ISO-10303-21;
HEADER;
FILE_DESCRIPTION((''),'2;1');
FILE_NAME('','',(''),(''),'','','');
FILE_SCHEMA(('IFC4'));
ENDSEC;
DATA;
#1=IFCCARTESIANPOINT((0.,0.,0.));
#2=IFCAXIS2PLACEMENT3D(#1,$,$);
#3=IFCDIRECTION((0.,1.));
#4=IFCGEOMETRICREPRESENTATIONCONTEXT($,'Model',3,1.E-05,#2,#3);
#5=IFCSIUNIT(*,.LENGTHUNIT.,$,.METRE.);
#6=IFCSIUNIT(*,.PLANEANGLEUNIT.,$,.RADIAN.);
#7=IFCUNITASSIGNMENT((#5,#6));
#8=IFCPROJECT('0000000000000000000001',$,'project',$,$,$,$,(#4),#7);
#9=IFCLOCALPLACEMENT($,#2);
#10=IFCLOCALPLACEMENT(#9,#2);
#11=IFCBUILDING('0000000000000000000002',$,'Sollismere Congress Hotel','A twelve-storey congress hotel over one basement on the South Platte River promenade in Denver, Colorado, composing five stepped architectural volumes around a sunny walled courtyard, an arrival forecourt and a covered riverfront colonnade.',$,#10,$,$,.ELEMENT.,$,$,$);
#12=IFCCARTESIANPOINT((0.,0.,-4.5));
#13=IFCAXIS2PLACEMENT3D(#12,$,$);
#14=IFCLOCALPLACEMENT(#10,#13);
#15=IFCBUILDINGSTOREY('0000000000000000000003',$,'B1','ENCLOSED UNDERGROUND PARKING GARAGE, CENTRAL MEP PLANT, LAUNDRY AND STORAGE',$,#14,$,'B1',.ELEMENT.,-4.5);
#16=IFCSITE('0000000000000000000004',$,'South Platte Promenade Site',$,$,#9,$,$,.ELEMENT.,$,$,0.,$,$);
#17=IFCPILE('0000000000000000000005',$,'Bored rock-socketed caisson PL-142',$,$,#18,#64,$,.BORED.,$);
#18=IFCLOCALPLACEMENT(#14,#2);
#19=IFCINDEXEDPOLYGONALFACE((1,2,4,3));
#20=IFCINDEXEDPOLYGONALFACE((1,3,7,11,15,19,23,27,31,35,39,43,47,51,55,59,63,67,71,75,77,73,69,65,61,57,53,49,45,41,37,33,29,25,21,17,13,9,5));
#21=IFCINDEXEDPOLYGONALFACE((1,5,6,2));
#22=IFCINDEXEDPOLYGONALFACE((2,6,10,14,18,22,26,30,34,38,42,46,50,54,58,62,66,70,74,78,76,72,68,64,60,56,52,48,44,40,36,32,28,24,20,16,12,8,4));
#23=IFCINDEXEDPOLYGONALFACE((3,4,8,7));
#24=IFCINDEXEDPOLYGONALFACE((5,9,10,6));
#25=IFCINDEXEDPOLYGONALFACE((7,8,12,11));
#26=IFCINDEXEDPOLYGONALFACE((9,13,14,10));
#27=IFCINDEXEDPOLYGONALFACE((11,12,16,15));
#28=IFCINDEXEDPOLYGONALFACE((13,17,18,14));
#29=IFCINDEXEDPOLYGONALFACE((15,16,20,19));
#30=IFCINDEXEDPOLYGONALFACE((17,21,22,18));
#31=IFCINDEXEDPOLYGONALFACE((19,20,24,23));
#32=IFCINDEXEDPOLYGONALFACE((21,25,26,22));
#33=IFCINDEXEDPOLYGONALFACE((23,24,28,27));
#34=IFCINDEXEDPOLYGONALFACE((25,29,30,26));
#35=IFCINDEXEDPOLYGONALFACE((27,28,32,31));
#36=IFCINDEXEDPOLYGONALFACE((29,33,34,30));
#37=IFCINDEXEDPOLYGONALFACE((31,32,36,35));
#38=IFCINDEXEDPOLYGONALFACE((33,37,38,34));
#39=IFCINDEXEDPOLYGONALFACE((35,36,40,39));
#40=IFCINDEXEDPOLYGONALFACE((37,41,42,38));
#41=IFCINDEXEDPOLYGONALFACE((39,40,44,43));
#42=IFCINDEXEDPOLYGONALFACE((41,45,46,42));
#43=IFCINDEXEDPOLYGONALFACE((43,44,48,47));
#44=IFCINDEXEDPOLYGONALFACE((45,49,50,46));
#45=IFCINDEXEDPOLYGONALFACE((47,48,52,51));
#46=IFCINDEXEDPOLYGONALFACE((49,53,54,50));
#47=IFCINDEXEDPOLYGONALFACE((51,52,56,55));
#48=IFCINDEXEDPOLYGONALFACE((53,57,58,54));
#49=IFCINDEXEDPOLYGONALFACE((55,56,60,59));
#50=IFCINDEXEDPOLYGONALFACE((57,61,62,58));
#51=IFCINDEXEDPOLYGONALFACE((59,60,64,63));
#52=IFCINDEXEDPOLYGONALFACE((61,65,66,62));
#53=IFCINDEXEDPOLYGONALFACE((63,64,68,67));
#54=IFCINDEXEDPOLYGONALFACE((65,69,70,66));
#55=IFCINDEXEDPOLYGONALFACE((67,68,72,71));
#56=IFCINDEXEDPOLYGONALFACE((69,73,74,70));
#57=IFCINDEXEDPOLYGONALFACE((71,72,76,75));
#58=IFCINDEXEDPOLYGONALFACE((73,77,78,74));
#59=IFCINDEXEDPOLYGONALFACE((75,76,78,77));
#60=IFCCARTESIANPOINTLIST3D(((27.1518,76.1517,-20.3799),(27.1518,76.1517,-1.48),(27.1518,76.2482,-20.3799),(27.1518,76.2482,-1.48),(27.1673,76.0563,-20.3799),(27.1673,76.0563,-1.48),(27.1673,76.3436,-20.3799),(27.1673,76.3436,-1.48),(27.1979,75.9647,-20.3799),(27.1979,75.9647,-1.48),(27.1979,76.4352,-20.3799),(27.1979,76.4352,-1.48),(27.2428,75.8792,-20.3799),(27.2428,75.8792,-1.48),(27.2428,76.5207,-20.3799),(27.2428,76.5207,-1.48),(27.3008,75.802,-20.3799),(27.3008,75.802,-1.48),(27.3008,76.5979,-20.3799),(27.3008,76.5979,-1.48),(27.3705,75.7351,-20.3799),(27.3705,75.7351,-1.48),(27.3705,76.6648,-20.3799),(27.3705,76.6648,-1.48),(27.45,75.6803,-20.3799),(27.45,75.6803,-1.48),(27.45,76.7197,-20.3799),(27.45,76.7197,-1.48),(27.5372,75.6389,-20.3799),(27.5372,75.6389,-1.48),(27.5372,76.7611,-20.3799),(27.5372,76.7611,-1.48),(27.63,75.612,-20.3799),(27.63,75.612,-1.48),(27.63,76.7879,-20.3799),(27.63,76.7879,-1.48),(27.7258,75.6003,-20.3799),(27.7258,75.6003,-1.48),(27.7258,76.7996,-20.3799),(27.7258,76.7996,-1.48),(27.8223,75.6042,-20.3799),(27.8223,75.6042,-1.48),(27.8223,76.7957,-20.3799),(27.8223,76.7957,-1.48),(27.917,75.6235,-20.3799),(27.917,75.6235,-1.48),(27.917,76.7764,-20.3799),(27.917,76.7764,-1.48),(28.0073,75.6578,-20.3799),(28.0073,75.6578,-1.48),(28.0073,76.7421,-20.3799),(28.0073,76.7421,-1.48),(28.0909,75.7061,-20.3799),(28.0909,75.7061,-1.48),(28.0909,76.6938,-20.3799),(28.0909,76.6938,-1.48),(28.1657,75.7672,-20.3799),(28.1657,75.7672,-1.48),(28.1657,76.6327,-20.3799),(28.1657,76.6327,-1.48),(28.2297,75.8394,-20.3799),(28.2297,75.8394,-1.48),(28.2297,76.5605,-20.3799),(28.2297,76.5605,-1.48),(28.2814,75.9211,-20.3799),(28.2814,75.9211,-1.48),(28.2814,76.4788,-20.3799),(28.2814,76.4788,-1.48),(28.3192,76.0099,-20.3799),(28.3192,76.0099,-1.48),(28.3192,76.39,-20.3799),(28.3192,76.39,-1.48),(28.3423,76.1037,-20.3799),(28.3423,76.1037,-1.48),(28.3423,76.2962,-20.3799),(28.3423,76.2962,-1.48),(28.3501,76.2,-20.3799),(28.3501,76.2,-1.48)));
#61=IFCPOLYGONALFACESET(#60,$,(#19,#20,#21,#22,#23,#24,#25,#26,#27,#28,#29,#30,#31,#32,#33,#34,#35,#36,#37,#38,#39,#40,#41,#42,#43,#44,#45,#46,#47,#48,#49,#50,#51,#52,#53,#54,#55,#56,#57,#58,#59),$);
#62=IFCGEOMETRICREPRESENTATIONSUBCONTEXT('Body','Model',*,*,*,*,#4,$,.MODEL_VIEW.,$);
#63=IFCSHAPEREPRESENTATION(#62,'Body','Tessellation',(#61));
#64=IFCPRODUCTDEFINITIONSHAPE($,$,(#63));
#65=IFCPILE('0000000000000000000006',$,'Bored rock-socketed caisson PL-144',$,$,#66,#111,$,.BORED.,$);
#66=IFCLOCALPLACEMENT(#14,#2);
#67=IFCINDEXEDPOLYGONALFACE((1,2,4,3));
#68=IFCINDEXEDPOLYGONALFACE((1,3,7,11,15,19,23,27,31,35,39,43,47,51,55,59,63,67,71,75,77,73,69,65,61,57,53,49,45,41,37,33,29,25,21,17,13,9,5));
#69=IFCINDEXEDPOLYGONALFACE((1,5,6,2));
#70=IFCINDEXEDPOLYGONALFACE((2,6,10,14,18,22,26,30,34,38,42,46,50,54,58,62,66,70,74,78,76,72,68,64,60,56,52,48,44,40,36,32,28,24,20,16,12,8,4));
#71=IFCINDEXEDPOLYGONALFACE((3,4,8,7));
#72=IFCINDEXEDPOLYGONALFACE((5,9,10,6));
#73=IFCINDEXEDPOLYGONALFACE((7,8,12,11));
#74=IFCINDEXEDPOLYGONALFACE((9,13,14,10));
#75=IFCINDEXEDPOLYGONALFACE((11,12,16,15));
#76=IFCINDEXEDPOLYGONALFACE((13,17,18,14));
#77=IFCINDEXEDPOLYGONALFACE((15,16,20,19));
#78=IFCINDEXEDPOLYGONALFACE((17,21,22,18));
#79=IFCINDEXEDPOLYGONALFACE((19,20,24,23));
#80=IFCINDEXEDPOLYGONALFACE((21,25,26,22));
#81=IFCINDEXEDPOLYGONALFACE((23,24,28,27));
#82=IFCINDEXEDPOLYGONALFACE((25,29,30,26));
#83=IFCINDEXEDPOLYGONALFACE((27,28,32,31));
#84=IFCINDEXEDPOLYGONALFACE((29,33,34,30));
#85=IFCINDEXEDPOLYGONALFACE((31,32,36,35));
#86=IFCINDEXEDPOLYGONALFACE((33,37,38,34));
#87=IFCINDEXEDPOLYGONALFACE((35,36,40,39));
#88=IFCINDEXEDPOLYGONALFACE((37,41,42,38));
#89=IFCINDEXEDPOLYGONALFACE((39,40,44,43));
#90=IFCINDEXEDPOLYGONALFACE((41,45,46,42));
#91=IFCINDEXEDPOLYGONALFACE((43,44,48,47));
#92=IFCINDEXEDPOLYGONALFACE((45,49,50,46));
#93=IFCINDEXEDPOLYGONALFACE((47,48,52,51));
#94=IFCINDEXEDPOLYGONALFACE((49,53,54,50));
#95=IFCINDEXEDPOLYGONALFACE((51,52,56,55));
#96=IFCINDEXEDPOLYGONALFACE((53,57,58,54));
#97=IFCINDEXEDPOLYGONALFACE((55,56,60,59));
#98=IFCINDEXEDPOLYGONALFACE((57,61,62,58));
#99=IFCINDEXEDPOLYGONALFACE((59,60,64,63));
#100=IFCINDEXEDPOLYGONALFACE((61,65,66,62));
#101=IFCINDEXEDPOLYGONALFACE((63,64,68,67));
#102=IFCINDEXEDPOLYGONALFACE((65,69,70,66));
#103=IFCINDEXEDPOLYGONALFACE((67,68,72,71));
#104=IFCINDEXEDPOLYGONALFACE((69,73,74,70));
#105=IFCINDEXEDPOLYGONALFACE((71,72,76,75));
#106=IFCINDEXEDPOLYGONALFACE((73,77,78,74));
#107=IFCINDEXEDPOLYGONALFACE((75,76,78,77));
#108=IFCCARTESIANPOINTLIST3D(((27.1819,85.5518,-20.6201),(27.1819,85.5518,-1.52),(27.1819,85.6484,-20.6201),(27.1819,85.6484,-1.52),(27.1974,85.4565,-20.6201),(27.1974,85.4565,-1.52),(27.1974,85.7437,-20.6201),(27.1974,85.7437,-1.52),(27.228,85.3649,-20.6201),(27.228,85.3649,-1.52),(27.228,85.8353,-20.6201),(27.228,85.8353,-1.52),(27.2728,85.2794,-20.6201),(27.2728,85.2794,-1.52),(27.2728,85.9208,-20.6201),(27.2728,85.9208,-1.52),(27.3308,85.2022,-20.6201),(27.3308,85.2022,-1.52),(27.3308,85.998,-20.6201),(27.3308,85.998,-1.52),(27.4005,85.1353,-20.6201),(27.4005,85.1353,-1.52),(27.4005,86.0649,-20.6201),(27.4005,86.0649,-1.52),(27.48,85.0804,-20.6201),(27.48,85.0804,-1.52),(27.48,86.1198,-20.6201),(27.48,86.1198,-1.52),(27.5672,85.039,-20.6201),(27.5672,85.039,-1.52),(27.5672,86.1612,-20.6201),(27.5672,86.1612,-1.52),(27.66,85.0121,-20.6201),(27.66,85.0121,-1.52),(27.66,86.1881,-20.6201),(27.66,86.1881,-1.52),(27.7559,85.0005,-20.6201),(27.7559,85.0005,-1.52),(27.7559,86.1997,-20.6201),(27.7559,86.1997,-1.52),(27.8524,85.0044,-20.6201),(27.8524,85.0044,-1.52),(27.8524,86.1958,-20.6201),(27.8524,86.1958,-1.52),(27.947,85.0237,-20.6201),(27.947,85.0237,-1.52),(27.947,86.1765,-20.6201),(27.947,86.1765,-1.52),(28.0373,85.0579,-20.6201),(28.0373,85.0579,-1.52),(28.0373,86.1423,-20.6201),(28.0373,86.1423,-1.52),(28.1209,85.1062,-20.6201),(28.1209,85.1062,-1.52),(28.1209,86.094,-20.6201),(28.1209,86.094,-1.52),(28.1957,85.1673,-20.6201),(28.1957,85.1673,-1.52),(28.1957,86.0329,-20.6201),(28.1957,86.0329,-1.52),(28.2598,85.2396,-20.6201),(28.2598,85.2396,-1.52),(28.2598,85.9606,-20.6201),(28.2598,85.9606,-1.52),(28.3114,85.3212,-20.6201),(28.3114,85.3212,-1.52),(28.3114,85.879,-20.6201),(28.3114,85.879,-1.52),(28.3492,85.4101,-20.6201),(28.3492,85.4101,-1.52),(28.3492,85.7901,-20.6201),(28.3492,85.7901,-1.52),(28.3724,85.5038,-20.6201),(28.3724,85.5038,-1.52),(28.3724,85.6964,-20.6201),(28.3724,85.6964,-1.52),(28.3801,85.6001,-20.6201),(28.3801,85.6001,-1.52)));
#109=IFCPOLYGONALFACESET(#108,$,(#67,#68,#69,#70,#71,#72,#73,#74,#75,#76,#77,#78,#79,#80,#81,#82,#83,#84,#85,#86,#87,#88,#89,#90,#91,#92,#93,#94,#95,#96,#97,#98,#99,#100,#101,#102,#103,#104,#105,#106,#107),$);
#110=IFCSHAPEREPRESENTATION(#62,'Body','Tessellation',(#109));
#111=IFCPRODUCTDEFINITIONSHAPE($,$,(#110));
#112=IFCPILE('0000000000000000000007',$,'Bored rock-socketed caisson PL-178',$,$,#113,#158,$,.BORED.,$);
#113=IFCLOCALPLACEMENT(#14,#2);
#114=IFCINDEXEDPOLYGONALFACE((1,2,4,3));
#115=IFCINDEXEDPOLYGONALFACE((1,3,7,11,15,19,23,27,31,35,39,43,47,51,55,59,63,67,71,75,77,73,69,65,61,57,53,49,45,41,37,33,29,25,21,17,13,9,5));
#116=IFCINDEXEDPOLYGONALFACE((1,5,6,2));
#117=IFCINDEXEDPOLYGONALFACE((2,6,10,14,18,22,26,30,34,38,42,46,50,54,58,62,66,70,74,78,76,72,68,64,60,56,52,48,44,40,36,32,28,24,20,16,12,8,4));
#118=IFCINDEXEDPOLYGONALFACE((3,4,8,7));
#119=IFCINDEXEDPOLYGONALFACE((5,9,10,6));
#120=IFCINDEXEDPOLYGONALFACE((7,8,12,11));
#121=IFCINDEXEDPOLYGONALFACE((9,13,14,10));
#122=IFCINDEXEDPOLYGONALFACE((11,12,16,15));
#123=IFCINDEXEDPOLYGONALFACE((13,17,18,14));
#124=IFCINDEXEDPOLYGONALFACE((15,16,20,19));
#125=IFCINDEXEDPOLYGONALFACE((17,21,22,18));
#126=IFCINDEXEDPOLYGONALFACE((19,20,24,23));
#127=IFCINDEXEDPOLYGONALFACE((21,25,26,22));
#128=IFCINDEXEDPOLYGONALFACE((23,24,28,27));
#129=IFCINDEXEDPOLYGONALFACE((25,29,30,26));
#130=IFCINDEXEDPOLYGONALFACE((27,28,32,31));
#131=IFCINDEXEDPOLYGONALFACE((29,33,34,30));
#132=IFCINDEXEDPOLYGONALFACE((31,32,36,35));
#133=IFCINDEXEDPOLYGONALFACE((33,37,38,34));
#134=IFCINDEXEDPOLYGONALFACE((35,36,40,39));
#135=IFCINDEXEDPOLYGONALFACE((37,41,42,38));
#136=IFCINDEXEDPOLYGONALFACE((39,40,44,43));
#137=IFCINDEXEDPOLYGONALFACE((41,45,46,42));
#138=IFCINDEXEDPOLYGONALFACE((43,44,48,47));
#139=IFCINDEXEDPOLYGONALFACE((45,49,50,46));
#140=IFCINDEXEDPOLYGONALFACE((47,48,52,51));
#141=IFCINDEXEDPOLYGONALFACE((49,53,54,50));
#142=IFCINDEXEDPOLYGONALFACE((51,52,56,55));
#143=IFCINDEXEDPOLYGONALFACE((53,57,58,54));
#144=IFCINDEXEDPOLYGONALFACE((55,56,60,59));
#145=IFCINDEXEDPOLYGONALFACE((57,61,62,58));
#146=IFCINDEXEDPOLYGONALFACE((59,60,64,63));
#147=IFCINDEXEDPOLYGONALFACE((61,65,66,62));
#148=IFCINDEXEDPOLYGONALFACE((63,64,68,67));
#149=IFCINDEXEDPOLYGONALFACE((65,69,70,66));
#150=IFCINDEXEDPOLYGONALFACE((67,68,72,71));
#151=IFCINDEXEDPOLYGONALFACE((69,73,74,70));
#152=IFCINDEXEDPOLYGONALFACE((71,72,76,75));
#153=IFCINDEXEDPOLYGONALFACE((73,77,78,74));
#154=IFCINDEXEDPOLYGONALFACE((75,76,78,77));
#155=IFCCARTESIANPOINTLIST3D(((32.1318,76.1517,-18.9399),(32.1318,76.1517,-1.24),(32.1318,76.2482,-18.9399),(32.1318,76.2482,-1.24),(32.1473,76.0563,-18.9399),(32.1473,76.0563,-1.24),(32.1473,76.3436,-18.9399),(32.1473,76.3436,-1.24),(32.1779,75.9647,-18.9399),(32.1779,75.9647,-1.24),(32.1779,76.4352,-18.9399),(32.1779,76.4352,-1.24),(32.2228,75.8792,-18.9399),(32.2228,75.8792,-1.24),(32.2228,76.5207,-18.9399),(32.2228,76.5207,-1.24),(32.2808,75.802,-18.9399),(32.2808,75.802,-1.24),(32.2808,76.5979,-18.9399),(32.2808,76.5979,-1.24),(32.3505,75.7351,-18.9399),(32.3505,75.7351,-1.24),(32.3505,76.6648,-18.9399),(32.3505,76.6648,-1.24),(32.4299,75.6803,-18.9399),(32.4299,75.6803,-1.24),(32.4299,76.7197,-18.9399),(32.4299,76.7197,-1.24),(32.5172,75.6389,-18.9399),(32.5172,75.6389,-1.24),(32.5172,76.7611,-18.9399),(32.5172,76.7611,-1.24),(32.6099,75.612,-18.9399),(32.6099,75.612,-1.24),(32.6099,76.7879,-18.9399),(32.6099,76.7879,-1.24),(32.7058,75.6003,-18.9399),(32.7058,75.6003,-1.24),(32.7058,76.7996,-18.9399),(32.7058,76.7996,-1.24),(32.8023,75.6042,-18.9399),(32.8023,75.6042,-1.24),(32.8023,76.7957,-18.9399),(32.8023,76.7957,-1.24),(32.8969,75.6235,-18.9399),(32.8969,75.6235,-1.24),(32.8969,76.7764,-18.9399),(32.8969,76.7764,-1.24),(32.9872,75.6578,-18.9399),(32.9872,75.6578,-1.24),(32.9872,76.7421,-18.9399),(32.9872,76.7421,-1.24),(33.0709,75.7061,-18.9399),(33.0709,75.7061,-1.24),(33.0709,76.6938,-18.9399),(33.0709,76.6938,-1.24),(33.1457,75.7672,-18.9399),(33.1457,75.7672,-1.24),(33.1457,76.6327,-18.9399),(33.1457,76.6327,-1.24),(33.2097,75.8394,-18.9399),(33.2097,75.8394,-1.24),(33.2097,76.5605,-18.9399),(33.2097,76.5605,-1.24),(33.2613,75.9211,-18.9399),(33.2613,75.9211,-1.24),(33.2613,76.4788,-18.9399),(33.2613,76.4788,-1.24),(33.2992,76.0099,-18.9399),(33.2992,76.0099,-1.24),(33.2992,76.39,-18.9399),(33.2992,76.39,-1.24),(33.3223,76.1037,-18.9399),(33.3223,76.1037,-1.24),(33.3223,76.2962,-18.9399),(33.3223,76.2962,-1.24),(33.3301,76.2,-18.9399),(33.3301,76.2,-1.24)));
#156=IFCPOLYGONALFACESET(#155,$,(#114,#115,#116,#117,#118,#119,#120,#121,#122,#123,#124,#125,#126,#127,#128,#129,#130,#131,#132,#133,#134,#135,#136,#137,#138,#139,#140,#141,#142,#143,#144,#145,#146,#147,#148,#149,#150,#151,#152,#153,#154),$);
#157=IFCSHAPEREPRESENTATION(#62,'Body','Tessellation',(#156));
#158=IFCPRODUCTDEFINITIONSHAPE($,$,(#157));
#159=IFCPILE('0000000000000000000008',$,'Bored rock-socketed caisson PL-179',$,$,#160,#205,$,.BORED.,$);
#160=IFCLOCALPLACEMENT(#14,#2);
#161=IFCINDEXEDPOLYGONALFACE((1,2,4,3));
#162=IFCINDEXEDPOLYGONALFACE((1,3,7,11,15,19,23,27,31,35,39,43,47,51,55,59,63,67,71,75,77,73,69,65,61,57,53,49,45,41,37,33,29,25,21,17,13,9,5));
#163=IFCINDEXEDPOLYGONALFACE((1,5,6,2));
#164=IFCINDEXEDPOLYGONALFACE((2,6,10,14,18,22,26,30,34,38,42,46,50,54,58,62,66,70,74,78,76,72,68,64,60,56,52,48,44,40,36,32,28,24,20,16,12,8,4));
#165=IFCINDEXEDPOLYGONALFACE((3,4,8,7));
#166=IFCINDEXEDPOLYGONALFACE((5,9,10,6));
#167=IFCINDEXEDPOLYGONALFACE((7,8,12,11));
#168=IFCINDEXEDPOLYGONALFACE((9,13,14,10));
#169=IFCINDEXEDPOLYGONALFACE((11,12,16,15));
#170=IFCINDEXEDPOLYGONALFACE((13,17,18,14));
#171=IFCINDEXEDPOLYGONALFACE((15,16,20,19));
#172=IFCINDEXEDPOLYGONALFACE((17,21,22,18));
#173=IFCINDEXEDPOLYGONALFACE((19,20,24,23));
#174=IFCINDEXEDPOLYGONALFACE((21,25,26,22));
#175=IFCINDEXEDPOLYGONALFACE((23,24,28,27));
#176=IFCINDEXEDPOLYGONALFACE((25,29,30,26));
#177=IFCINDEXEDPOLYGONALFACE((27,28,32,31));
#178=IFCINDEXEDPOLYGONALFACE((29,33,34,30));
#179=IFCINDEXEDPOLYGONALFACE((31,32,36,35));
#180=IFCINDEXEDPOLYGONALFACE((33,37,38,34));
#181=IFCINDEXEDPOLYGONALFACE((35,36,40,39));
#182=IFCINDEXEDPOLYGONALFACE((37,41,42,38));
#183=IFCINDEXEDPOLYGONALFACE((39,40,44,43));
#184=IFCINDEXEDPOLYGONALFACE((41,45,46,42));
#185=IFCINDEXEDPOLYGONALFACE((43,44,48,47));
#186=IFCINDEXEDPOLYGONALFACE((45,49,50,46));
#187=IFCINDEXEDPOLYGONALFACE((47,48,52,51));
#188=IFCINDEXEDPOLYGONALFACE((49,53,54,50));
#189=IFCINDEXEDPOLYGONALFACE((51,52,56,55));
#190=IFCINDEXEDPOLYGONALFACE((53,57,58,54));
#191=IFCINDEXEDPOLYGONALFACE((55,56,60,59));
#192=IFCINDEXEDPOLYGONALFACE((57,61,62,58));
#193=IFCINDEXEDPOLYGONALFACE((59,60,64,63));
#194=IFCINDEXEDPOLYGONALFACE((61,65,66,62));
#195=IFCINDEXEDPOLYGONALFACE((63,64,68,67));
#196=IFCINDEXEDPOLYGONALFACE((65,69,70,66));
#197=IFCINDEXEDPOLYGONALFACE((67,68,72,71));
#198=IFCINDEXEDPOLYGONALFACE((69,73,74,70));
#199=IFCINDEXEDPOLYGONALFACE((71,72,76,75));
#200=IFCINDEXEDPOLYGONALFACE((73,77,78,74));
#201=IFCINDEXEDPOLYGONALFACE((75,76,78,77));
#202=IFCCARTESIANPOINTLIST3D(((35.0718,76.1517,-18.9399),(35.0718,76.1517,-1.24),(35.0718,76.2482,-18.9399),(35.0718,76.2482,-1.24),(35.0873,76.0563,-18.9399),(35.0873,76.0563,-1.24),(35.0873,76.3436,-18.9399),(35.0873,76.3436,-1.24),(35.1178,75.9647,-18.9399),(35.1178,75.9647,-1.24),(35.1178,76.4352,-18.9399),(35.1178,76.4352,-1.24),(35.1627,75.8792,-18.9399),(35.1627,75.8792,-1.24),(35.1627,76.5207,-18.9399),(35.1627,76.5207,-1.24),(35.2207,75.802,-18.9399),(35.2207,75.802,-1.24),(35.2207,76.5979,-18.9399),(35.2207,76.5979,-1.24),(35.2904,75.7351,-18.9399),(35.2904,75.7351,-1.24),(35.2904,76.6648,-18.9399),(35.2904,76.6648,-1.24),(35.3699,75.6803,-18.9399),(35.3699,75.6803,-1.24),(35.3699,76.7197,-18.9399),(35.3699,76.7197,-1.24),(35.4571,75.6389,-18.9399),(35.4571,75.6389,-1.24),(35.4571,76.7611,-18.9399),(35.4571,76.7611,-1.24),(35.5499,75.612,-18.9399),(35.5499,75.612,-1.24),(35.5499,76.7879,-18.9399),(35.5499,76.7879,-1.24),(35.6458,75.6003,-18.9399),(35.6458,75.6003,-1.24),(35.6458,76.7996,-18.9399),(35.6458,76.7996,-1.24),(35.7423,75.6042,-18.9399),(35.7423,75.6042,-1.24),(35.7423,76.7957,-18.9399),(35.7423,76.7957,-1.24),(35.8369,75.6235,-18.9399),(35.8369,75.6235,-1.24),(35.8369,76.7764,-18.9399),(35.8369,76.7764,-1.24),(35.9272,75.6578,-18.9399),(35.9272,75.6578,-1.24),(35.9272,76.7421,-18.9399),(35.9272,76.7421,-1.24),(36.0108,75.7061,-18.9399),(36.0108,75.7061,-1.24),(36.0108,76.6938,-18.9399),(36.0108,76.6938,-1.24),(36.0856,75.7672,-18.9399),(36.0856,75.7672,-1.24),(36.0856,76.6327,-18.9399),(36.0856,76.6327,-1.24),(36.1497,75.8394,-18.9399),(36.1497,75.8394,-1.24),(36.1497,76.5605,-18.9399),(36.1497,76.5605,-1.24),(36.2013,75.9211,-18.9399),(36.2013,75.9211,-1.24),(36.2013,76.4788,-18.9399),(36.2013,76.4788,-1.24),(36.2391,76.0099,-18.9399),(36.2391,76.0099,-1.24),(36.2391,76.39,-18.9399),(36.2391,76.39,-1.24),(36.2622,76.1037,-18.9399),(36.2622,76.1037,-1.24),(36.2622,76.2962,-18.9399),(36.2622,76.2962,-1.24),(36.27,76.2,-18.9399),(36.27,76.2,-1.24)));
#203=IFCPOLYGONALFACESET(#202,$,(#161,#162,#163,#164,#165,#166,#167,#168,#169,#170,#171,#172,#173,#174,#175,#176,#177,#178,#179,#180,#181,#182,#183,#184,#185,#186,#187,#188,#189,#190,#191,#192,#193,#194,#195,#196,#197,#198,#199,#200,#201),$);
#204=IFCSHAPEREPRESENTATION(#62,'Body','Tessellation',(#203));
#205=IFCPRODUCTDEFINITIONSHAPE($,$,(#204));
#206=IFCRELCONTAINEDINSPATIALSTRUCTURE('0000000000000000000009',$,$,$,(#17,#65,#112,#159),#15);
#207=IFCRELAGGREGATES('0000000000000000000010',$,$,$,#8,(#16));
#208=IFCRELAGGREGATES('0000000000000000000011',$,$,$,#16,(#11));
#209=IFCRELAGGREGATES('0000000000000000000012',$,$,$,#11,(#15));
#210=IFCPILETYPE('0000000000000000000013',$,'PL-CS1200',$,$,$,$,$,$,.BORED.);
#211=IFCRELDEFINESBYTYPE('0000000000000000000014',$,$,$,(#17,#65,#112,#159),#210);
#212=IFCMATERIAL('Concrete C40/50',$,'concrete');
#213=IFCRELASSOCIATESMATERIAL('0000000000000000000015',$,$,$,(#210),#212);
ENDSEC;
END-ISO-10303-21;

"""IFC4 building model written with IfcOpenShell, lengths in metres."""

from ifc_helpers import new_model, si_unit, direction, frame, origin, origin_2d, place, context, subcontext, project, spatial, circle, extrude, material, material_profile, profile_set, type_object, element, save


model = new_model("IFC4")

# Units and contexts
model_context = context("Model", 3, precision=1e-05, world=origin(), true_north=direction((0.0, 1.0)))
body_context = subcontext(model_context, "Body", "Model", "MODEL_VIEW")
ifc_project = project(units=[si_unit("LENGTHUNIT", "METRE"), si_unit("PLANEANGLEUNIT", "RADIAN")], contexts=[model_context])

# Site, building, storey
site_placement = place(None, origin())
site = spatial("IfcSite", under=ifc_project, at=site_placement, Name="South Platte Promenade Site", CompositionType="ELEMENT", RefElevation=0.0)
building_placement = place(site_placement, origin())
building = spatial("IfcBuilding", under=site, at=building_placement, Name="Sollismere Congress Hotel", Description="A twelve-storey congress hotel over one basement on the South Platte River promenade in Denver, Colorado, composing five stepped architectural volumes around a sunny walled courtyard, an arrival forecourt and a covered riverfront colonnade.", CompositionType="ELEMENT")
storey_placement = place(building_placement, frame((0.0, 0.0, -4.5)))
storey = spatial("IfcBuildingStorey", under=building, at=storey_placement, Name="B1", Description="ENCLOSED UNDERGROUND PARKING GARAGE, CENTRAL MEP PLANT, LAUNDRY AND STORAGE", LongName="B1", CompositionType="ELEMENT", Elevation=-4.5)

# Shared definitions
ifc_material_1 = material(Name="Concrete C40/50", Category="concrete")

# Piles
ifc_material_profile_1 = material_profile(ifc_material_1, circle(Radius=0.6001, at=origin_2d()), Name="CAISSON1200")
ifc_profile_set_1 = profile_set([ifc_material_profile_1], Name="Concrete C40/50")
pile_type = type_object("IfcPileType", Name="PL-CS1200", PredefinedType="BORED", material=ifc_profile_set_1)
pile_1_placement = place(storey_placement, frame((27.75, 76.2, -1.48), z_axis=(0.0, 0.0, -1.0), x_axis=(1.0, 0.0, 0.0)))
element("IfcPile", 1, at=pile_1_placement, inside=storey, type_object=pile_type, Name="Bored rock-socketed caisson PL-142", PredefinedType="BORED", context=body_context, shape_type="SweptSolid", body=[
    extrude(circle(Radius=0.6001, at=origin_2d()), origin(), (0.0, 0.0, 1.0), 18.8999),
])
pile_2_placement = place(storey_placement, frame((27.78, 85.6001, -1.52), z_axis=(0.0, 0.0, -1.0), x_axis=(1.0, 0.0, 0.0)))
element("IfcPile", 2, at=pile_2_placement, inside=storey, type_object=pile_type, Name="Bored rock-socketed caisson PL-144", PredefinedType="BORED", context=body_context, shape_type="SweptSolid", body=[
    extrude(circle(Radius=0.6001, at=origin_2d()), origin(), (0.0, 0.0, 1.0), 19.1001),
])
for number, where, z_axis, x_axis, name in (
    (3, (32.73, 76.2, -1.24), (0.0, 0.0, -1.0), (1.0, 0.0, 0.0), "Bored rock-socketed caisson PL-178"),
    (4, (35.6699, 76.2, -1.24), (0.0, 0.0, -1.0), (1.0, 0.0, 0.0), "Bored rock-socketed caisson PL-179"),
):
    element("IfcPile", number, at=place(storey_placement, frame(where, z_axis=z_axis, x_axis=x_axis)), inside=storey, type_object=pile_type, Name=name, PredefinedType="BORED", context=body_context, shape_type="SweptSolid", body=[
        extrude(circle(Radius=0.6001, at=origin_2d()), origin(), (0.0, 0.0, 1.0), 17.7),
    ])

save(model, "model.ifc")
